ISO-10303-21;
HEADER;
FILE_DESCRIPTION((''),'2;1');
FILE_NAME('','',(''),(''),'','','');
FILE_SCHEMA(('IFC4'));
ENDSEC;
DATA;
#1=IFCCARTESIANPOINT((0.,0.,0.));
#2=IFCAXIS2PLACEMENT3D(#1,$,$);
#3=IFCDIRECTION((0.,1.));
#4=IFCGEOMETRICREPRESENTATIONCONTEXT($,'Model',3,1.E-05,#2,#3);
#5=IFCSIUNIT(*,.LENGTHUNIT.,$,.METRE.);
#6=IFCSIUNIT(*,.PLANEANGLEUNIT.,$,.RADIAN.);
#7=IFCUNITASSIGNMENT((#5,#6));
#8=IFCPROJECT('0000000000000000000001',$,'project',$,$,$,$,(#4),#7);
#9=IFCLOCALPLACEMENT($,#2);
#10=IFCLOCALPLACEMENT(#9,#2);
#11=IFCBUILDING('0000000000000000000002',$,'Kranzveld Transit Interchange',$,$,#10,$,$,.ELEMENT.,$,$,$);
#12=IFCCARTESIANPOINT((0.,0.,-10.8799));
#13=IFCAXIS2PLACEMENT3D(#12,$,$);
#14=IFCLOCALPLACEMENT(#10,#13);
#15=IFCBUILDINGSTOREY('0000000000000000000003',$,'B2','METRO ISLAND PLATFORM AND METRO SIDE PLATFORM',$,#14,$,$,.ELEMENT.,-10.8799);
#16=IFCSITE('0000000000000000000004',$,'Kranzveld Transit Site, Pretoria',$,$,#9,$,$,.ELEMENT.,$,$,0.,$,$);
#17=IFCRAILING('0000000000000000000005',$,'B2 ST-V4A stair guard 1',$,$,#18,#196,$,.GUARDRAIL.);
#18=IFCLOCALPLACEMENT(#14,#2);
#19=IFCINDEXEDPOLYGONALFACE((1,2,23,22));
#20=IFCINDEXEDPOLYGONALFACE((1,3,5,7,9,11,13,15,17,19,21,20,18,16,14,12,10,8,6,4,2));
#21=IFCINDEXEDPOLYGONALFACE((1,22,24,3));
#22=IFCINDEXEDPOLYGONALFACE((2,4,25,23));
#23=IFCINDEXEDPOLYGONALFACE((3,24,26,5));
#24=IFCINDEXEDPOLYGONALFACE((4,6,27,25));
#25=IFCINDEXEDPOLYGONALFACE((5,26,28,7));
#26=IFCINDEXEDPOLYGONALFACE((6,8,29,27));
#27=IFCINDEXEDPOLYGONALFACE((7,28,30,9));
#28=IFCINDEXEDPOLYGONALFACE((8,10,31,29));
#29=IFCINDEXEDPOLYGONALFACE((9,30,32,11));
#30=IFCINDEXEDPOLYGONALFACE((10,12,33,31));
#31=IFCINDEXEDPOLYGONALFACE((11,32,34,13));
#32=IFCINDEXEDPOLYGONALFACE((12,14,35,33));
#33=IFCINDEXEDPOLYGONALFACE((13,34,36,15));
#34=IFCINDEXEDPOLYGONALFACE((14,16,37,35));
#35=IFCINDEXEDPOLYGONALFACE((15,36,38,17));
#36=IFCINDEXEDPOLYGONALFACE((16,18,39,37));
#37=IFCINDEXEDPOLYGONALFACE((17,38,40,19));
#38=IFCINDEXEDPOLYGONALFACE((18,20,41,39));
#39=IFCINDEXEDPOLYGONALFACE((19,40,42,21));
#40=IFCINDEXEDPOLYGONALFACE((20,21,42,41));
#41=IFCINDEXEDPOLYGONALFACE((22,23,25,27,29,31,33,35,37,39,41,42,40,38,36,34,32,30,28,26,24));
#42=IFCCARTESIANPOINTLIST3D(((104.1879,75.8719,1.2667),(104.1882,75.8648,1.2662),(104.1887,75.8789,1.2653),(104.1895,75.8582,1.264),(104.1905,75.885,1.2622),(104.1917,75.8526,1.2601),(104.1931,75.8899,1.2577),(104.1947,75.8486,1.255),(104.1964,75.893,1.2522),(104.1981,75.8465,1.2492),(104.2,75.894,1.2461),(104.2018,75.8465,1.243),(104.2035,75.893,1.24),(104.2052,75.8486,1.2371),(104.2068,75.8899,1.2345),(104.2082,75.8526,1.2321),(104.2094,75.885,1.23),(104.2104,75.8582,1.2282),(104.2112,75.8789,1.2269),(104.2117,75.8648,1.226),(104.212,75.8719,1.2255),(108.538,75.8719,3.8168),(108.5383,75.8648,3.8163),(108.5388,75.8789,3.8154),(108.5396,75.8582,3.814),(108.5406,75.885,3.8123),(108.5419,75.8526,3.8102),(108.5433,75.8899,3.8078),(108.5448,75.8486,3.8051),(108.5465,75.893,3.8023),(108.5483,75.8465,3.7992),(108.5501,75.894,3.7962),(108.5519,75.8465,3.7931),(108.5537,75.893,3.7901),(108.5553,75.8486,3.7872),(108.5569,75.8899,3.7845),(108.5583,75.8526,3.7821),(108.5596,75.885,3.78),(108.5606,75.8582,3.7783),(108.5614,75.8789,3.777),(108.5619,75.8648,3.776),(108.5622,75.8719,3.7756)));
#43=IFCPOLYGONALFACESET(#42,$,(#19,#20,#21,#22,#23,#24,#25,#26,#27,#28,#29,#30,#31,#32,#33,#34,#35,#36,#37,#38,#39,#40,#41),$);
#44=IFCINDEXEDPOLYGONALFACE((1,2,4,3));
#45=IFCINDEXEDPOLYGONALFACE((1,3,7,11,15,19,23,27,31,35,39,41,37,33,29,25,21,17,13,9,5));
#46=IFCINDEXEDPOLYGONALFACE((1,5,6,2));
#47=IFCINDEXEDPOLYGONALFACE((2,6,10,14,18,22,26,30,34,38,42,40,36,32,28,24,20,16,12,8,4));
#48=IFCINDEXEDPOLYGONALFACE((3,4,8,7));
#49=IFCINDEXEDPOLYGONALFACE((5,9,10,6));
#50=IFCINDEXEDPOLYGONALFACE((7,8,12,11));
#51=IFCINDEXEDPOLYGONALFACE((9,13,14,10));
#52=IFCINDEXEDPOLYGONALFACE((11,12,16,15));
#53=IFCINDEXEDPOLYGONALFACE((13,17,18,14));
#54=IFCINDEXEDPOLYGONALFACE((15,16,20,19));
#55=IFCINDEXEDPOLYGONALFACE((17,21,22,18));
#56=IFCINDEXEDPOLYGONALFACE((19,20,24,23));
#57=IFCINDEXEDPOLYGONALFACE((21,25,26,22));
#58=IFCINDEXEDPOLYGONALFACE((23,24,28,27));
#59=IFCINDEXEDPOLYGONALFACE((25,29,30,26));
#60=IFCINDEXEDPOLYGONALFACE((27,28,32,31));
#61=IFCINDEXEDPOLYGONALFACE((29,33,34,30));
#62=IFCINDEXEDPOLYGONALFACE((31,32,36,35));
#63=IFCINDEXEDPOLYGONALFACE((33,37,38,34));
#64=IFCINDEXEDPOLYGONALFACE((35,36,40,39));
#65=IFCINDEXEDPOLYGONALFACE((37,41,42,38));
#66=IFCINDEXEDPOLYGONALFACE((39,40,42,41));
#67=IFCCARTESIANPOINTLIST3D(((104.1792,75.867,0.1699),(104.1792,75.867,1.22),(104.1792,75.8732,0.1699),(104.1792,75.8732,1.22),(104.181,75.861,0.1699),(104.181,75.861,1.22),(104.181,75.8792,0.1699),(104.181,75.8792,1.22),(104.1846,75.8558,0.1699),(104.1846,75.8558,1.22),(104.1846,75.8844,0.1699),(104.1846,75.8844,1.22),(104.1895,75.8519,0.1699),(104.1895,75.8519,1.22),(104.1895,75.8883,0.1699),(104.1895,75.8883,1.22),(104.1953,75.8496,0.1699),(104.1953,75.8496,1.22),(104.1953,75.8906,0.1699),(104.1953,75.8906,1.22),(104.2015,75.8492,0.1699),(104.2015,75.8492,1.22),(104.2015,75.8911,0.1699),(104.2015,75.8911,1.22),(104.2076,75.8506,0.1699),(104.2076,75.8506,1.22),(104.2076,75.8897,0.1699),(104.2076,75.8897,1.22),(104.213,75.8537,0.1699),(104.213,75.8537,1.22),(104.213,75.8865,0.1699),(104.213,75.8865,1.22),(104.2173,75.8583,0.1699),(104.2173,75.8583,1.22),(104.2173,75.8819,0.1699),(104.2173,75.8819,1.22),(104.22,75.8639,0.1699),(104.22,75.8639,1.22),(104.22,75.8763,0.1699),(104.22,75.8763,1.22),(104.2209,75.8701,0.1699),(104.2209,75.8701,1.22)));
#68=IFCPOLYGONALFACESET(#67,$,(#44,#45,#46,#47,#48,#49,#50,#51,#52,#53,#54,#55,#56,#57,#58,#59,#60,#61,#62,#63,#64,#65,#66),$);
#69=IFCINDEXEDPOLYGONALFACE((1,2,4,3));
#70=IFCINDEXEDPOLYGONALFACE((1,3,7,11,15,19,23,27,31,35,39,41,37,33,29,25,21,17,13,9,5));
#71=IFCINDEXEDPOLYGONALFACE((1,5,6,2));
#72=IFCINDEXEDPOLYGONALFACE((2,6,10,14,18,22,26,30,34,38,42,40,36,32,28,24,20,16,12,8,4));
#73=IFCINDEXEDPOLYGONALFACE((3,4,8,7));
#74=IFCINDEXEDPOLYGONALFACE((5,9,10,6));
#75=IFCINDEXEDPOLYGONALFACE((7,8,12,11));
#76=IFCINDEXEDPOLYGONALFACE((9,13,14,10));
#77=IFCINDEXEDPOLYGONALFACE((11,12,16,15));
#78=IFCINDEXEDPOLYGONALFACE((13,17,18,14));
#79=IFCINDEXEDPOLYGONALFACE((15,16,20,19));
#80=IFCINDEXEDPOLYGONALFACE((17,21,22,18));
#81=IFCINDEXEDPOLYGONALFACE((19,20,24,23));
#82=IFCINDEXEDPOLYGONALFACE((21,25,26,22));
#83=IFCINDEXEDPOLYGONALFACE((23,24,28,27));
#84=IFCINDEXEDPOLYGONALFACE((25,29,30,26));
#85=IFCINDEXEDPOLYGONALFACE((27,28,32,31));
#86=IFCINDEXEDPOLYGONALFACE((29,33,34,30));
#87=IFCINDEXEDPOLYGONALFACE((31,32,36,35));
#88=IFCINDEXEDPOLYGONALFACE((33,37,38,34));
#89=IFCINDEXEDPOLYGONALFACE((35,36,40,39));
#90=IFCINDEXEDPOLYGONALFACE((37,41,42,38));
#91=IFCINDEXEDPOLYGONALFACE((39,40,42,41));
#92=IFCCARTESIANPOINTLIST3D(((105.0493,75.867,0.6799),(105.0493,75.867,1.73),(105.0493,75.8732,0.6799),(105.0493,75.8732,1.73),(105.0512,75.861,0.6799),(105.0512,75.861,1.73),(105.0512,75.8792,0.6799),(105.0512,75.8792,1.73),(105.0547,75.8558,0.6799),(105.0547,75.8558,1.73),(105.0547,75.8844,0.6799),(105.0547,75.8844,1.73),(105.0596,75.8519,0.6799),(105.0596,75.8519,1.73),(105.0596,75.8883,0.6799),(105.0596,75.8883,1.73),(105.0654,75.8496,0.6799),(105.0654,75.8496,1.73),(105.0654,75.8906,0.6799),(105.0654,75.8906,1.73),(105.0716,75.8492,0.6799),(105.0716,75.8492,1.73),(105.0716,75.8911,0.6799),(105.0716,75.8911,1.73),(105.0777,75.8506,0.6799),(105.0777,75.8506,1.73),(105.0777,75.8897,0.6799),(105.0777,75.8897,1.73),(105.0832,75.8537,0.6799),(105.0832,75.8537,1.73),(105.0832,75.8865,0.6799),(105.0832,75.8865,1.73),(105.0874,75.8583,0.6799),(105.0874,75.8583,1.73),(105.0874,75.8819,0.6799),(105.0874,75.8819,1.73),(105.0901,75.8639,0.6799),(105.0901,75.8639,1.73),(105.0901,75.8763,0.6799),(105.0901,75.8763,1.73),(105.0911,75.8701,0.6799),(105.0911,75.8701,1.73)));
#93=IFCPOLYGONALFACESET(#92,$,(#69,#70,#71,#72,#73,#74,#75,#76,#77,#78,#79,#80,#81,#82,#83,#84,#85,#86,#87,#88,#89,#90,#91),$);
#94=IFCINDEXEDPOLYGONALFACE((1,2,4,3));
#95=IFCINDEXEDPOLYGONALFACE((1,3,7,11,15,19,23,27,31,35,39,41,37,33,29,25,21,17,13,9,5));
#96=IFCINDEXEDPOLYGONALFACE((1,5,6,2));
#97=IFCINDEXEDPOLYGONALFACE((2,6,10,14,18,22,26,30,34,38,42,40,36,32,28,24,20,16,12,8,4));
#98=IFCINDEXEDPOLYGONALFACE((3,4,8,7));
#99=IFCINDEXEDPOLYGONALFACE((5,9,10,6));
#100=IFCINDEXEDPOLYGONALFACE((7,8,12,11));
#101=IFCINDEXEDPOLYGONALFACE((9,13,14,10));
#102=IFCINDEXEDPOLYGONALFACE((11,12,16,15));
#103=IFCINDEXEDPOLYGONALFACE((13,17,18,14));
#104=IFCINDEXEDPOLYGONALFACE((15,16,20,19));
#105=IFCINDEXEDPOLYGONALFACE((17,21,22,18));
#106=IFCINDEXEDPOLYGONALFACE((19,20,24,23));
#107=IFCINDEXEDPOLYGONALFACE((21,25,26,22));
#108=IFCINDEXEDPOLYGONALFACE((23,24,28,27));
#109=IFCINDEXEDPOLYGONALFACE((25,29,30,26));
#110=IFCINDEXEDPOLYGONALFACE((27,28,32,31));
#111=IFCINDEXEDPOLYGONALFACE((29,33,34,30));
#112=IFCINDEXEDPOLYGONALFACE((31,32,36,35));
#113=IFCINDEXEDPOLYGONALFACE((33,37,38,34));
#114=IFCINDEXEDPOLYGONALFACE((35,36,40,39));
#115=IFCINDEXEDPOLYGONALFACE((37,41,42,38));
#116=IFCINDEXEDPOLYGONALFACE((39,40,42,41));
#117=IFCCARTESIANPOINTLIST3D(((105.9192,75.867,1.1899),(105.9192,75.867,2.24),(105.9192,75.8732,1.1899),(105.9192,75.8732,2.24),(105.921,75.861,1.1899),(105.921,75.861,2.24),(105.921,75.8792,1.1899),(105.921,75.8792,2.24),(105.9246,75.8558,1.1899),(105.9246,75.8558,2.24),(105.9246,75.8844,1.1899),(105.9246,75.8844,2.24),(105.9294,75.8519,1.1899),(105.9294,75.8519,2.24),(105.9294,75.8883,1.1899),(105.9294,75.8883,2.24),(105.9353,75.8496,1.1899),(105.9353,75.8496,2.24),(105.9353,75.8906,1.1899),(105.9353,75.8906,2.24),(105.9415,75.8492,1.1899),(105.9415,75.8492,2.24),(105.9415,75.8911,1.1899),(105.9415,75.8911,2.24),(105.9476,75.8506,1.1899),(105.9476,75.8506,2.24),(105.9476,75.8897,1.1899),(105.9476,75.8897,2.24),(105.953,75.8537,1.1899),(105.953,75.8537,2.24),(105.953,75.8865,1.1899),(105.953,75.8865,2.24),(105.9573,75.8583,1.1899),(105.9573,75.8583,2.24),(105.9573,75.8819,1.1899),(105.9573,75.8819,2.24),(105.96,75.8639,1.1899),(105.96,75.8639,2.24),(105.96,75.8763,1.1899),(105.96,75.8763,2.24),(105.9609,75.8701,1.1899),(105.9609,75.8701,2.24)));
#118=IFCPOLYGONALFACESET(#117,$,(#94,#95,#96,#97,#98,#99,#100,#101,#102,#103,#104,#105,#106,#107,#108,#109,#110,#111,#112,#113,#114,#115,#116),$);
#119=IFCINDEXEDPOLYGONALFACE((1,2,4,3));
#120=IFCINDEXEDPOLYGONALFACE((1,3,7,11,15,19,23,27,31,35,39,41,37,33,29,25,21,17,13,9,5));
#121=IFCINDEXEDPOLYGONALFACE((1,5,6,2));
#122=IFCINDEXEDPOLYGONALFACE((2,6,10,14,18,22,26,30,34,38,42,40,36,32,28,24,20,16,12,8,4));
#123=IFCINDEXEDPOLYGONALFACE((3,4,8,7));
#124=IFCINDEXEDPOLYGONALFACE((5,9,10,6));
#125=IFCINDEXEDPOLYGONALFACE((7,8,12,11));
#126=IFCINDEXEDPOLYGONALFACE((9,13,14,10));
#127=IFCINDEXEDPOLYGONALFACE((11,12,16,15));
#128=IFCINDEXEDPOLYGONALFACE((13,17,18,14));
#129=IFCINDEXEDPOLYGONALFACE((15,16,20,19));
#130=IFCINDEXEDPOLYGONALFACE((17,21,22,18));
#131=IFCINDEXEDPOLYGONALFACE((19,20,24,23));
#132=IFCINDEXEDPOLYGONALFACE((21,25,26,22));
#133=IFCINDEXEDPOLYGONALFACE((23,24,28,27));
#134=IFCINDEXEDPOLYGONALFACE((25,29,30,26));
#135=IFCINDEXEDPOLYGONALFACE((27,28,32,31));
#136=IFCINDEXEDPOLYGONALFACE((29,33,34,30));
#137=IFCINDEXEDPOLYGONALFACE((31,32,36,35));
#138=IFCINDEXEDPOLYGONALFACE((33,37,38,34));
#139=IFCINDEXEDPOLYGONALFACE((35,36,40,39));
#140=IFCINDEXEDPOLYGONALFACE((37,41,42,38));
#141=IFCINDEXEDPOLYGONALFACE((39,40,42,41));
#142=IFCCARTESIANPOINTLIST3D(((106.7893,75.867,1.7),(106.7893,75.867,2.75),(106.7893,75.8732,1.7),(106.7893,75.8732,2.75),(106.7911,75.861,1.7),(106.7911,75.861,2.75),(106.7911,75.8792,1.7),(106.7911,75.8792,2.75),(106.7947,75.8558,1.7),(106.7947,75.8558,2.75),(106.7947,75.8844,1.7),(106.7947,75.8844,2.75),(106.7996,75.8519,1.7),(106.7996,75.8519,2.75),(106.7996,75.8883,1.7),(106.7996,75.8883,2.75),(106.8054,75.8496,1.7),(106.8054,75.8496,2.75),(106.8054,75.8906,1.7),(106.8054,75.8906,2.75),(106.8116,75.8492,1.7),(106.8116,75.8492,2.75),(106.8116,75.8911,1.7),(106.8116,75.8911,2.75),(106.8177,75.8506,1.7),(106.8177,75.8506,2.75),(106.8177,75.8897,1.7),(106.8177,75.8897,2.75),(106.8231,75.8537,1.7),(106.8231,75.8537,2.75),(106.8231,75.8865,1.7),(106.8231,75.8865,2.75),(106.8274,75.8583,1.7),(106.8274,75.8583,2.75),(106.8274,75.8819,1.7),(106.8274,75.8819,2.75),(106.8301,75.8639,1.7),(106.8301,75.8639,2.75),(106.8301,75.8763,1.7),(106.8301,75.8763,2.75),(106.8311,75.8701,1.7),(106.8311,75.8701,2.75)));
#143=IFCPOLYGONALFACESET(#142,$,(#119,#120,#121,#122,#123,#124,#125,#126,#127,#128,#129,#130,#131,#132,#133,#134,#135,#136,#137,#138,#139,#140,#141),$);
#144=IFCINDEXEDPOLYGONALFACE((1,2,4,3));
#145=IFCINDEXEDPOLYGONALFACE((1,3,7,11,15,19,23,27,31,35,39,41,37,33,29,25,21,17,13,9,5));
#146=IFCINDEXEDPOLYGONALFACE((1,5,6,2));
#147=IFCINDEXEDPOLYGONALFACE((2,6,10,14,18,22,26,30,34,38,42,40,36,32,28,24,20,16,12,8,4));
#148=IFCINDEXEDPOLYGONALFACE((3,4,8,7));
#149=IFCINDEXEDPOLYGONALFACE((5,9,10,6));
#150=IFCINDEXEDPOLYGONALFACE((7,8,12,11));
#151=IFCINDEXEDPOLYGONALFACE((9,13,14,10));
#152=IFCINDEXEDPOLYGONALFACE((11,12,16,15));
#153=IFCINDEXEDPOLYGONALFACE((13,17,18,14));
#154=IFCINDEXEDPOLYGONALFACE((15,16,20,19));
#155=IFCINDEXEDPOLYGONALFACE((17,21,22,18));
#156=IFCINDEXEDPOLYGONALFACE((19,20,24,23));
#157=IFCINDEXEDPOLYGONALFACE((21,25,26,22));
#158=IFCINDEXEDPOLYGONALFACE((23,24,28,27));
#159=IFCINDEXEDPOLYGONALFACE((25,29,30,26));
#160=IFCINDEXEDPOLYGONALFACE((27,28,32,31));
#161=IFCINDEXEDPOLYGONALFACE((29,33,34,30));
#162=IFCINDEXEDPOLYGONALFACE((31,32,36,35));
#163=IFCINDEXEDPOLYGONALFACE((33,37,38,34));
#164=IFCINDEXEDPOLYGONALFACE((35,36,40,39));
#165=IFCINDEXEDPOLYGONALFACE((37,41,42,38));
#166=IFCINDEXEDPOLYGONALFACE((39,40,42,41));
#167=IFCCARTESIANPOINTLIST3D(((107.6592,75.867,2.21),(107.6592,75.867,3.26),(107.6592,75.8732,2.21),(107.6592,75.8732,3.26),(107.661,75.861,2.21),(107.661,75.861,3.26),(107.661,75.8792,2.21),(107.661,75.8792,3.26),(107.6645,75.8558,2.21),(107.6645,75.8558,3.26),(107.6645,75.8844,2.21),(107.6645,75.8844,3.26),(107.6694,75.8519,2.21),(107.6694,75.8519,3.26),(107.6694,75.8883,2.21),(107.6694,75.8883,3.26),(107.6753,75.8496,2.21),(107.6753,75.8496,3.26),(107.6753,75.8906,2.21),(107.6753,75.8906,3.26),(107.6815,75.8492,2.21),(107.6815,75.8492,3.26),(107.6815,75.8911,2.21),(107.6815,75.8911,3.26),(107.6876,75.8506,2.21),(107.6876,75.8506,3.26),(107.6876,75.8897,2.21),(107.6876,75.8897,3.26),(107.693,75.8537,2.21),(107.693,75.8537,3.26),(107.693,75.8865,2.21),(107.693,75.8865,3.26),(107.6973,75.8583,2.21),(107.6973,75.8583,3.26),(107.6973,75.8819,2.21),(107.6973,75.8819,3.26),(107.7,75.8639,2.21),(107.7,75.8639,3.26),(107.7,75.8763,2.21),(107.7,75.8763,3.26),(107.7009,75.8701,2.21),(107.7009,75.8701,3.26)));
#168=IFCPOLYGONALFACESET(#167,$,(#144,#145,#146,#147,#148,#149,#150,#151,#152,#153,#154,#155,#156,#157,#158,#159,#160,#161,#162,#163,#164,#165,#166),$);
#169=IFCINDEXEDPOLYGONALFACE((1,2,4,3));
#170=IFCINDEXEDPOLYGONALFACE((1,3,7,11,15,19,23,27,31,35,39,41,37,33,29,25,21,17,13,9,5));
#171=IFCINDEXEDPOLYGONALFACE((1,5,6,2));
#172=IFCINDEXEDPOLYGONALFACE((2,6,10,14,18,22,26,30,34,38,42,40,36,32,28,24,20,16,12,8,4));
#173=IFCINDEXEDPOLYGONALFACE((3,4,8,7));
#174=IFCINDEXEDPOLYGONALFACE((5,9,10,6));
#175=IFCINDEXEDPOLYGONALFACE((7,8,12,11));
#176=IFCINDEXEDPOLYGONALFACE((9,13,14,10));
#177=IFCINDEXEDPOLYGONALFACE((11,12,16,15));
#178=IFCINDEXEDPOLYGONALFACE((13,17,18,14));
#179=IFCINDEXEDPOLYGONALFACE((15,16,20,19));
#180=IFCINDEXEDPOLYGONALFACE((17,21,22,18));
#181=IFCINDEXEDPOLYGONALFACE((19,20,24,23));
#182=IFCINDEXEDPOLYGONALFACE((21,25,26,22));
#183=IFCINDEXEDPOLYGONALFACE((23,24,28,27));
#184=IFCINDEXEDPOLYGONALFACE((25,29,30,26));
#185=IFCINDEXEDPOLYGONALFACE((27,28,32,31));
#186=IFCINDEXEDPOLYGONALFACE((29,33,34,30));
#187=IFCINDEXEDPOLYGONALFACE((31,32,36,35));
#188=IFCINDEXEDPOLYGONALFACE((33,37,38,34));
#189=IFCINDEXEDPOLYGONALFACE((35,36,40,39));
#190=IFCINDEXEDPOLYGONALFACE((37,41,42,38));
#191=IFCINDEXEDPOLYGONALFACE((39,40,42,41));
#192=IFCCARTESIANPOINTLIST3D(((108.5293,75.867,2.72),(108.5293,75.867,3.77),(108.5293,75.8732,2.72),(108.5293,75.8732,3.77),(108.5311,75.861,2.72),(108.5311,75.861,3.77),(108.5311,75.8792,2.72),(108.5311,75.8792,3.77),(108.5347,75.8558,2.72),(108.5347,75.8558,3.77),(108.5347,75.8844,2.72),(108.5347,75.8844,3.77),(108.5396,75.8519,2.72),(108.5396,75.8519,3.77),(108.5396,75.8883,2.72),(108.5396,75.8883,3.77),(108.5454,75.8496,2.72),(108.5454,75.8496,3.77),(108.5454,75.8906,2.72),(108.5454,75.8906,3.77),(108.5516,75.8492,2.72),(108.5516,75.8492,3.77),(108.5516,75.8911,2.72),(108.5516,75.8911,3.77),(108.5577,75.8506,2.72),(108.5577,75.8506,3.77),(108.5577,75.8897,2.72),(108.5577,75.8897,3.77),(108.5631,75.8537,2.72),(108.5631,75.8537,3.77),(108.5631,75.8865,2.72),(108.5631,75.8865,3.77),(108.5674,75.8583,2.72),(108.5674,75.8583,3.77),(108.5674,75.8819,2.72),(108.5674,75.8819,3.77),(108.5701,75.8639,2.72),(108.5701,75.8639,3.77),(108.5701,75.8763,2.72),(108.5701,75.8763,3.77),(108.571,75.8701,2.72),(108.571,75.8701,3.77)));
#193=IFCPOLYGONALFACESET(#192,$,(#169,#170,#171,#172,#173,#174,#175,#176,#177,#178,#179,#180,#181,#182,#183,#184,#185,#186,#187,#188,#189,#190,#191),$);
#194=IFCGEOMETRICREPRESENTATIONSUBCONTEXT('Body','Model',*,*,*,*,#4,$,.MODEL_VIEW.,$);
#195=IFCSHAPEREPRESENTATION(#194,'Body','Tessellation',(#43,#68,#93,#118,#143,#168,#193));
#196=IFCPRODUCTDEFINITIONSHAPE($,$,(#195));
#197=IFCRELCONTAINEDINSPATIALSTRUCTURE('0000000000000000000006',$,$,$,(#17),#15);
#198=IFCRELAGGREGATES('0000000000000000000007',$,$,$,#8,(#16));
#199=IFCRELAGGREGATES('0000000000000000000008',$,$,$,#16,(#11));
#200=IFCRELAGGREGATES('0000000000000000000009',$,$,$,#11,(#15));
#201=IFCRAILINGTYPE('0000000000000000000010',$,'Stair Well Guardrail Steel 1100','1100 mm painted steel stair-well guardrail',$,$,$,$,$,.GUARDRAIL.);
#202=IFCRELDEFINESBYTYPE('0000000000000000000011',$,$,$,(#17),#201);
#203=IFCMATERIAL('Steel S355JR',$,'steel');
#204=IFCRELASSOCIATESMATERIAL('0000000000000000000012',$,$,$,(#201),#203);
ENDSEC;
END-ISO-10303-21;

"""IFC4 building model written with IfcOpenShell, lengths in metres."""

from ifc_helpers import new_model, si_unit, direction, frame, origin, origin_2d, place, context, subcontext, project, spatial, circle, extrude, material, type_object, element, save


model = new_model("IFC4")

# Units and contexts
model_context = context("Model", 3, precision=1e-05, world=origin(), true_north=direction((0.0, 1.0)))
body_context = subcontext(model_context, "Body", "Model", "MODEL_VIEW")
ifc_project = project(units=[si_unit("LENGTHUNIT", "METRE"), si_unit("PLANEANGLEUNIT", "RADIAN")], contexts=[model_context])

# Site, building, storey
site_placement = place(None, origin())
site = spatial("IfcSite", under=ifc_project, at=site_placement, Name="Kranzveld Transit Site, Pretoria", CompositionType="ELEMENT", RefElevation=0.0)
building_placement = place(site_placement, origin())
building = spatial("IfcBuilding", under=site, at=building_placement, Name="Kranzveld Transit Interchange", CompositionType="ELEMENT")
storey_placement = place(building_placement, frame((0.0, 0.0, -10.8799)))
storey = spatial("IfcBuildingStorey", under=building, at=storey_placement, Name="B2", Description="METRO ISLAND PLATFORM AND METRO SIDE PLATFORM", CompositionType="ELEMENT", Elevation=-10.8799)

# Railing
ifc_material_1 = material(Name="Steel S355JR", Category="steel")
railing_type_1 = type_object("IfcRailingType", Name="Stair Well Guardrail Steel 1100", Description="1100 mm painted steel stair-well guardrail", PredefinedType="GUARDRAIL", material=ifc_material_1)
railing_1_placement = place(storey_placement, frame((104.2, 75.8701, 0.1699)))
element("IfcRailing", 1, at=railing_1_placement, inside=storey, type_object=railing_type_1, Name="B2 ST-V4A stair guard 1", PredefinedType="GUARDRAIL", context=body_context, shape_type="SweptSolid", body=[
    extrude(circle(Radius=0.0239, at=origin_2d()), frame((0.0, 0.0, 1.0762), z_axis=(0.862699, 0.0, 0.505718), x_axis=(0.0, 1.0, 0.0)), (0.0, 0.0, 1.0), 5.0425),
    extrude(circle(Radius=0.021, at=origin_2d()), origin(), (0.0, 0.0, 1.0), 1.05),
    extrude(circle(Radius=0.021, at=origin_2d()), frame((0.8701, 0.0, 0.51)), (0.0, 0.0, 1.0), 1.05),
    extrude(circle(Radius=0.021, at=origin_2d()), frame((1.74, 0.0, 1.02)), (0.0, 0.0, 1.0), 1.05),
    extrude(circle(Radius=0.021, at=origin_2d()), frame((2.6101, 0.0, 1.53)), (0.0, 0.0, 1.0), 1.05),
    extrude(circle(Radius=0.021, at=origin_2d()), frame((3.48, 0.0, 2.04)), (0.0, 0.0, 1.0), 1.05),
    extrude(circle(Radius=0.021, at=origin_2d()), frame((4.3501, 0.0, 2.55)), (0.0, 0.0, 1.0), 1.05),
])

save(model, "model.ifc")
